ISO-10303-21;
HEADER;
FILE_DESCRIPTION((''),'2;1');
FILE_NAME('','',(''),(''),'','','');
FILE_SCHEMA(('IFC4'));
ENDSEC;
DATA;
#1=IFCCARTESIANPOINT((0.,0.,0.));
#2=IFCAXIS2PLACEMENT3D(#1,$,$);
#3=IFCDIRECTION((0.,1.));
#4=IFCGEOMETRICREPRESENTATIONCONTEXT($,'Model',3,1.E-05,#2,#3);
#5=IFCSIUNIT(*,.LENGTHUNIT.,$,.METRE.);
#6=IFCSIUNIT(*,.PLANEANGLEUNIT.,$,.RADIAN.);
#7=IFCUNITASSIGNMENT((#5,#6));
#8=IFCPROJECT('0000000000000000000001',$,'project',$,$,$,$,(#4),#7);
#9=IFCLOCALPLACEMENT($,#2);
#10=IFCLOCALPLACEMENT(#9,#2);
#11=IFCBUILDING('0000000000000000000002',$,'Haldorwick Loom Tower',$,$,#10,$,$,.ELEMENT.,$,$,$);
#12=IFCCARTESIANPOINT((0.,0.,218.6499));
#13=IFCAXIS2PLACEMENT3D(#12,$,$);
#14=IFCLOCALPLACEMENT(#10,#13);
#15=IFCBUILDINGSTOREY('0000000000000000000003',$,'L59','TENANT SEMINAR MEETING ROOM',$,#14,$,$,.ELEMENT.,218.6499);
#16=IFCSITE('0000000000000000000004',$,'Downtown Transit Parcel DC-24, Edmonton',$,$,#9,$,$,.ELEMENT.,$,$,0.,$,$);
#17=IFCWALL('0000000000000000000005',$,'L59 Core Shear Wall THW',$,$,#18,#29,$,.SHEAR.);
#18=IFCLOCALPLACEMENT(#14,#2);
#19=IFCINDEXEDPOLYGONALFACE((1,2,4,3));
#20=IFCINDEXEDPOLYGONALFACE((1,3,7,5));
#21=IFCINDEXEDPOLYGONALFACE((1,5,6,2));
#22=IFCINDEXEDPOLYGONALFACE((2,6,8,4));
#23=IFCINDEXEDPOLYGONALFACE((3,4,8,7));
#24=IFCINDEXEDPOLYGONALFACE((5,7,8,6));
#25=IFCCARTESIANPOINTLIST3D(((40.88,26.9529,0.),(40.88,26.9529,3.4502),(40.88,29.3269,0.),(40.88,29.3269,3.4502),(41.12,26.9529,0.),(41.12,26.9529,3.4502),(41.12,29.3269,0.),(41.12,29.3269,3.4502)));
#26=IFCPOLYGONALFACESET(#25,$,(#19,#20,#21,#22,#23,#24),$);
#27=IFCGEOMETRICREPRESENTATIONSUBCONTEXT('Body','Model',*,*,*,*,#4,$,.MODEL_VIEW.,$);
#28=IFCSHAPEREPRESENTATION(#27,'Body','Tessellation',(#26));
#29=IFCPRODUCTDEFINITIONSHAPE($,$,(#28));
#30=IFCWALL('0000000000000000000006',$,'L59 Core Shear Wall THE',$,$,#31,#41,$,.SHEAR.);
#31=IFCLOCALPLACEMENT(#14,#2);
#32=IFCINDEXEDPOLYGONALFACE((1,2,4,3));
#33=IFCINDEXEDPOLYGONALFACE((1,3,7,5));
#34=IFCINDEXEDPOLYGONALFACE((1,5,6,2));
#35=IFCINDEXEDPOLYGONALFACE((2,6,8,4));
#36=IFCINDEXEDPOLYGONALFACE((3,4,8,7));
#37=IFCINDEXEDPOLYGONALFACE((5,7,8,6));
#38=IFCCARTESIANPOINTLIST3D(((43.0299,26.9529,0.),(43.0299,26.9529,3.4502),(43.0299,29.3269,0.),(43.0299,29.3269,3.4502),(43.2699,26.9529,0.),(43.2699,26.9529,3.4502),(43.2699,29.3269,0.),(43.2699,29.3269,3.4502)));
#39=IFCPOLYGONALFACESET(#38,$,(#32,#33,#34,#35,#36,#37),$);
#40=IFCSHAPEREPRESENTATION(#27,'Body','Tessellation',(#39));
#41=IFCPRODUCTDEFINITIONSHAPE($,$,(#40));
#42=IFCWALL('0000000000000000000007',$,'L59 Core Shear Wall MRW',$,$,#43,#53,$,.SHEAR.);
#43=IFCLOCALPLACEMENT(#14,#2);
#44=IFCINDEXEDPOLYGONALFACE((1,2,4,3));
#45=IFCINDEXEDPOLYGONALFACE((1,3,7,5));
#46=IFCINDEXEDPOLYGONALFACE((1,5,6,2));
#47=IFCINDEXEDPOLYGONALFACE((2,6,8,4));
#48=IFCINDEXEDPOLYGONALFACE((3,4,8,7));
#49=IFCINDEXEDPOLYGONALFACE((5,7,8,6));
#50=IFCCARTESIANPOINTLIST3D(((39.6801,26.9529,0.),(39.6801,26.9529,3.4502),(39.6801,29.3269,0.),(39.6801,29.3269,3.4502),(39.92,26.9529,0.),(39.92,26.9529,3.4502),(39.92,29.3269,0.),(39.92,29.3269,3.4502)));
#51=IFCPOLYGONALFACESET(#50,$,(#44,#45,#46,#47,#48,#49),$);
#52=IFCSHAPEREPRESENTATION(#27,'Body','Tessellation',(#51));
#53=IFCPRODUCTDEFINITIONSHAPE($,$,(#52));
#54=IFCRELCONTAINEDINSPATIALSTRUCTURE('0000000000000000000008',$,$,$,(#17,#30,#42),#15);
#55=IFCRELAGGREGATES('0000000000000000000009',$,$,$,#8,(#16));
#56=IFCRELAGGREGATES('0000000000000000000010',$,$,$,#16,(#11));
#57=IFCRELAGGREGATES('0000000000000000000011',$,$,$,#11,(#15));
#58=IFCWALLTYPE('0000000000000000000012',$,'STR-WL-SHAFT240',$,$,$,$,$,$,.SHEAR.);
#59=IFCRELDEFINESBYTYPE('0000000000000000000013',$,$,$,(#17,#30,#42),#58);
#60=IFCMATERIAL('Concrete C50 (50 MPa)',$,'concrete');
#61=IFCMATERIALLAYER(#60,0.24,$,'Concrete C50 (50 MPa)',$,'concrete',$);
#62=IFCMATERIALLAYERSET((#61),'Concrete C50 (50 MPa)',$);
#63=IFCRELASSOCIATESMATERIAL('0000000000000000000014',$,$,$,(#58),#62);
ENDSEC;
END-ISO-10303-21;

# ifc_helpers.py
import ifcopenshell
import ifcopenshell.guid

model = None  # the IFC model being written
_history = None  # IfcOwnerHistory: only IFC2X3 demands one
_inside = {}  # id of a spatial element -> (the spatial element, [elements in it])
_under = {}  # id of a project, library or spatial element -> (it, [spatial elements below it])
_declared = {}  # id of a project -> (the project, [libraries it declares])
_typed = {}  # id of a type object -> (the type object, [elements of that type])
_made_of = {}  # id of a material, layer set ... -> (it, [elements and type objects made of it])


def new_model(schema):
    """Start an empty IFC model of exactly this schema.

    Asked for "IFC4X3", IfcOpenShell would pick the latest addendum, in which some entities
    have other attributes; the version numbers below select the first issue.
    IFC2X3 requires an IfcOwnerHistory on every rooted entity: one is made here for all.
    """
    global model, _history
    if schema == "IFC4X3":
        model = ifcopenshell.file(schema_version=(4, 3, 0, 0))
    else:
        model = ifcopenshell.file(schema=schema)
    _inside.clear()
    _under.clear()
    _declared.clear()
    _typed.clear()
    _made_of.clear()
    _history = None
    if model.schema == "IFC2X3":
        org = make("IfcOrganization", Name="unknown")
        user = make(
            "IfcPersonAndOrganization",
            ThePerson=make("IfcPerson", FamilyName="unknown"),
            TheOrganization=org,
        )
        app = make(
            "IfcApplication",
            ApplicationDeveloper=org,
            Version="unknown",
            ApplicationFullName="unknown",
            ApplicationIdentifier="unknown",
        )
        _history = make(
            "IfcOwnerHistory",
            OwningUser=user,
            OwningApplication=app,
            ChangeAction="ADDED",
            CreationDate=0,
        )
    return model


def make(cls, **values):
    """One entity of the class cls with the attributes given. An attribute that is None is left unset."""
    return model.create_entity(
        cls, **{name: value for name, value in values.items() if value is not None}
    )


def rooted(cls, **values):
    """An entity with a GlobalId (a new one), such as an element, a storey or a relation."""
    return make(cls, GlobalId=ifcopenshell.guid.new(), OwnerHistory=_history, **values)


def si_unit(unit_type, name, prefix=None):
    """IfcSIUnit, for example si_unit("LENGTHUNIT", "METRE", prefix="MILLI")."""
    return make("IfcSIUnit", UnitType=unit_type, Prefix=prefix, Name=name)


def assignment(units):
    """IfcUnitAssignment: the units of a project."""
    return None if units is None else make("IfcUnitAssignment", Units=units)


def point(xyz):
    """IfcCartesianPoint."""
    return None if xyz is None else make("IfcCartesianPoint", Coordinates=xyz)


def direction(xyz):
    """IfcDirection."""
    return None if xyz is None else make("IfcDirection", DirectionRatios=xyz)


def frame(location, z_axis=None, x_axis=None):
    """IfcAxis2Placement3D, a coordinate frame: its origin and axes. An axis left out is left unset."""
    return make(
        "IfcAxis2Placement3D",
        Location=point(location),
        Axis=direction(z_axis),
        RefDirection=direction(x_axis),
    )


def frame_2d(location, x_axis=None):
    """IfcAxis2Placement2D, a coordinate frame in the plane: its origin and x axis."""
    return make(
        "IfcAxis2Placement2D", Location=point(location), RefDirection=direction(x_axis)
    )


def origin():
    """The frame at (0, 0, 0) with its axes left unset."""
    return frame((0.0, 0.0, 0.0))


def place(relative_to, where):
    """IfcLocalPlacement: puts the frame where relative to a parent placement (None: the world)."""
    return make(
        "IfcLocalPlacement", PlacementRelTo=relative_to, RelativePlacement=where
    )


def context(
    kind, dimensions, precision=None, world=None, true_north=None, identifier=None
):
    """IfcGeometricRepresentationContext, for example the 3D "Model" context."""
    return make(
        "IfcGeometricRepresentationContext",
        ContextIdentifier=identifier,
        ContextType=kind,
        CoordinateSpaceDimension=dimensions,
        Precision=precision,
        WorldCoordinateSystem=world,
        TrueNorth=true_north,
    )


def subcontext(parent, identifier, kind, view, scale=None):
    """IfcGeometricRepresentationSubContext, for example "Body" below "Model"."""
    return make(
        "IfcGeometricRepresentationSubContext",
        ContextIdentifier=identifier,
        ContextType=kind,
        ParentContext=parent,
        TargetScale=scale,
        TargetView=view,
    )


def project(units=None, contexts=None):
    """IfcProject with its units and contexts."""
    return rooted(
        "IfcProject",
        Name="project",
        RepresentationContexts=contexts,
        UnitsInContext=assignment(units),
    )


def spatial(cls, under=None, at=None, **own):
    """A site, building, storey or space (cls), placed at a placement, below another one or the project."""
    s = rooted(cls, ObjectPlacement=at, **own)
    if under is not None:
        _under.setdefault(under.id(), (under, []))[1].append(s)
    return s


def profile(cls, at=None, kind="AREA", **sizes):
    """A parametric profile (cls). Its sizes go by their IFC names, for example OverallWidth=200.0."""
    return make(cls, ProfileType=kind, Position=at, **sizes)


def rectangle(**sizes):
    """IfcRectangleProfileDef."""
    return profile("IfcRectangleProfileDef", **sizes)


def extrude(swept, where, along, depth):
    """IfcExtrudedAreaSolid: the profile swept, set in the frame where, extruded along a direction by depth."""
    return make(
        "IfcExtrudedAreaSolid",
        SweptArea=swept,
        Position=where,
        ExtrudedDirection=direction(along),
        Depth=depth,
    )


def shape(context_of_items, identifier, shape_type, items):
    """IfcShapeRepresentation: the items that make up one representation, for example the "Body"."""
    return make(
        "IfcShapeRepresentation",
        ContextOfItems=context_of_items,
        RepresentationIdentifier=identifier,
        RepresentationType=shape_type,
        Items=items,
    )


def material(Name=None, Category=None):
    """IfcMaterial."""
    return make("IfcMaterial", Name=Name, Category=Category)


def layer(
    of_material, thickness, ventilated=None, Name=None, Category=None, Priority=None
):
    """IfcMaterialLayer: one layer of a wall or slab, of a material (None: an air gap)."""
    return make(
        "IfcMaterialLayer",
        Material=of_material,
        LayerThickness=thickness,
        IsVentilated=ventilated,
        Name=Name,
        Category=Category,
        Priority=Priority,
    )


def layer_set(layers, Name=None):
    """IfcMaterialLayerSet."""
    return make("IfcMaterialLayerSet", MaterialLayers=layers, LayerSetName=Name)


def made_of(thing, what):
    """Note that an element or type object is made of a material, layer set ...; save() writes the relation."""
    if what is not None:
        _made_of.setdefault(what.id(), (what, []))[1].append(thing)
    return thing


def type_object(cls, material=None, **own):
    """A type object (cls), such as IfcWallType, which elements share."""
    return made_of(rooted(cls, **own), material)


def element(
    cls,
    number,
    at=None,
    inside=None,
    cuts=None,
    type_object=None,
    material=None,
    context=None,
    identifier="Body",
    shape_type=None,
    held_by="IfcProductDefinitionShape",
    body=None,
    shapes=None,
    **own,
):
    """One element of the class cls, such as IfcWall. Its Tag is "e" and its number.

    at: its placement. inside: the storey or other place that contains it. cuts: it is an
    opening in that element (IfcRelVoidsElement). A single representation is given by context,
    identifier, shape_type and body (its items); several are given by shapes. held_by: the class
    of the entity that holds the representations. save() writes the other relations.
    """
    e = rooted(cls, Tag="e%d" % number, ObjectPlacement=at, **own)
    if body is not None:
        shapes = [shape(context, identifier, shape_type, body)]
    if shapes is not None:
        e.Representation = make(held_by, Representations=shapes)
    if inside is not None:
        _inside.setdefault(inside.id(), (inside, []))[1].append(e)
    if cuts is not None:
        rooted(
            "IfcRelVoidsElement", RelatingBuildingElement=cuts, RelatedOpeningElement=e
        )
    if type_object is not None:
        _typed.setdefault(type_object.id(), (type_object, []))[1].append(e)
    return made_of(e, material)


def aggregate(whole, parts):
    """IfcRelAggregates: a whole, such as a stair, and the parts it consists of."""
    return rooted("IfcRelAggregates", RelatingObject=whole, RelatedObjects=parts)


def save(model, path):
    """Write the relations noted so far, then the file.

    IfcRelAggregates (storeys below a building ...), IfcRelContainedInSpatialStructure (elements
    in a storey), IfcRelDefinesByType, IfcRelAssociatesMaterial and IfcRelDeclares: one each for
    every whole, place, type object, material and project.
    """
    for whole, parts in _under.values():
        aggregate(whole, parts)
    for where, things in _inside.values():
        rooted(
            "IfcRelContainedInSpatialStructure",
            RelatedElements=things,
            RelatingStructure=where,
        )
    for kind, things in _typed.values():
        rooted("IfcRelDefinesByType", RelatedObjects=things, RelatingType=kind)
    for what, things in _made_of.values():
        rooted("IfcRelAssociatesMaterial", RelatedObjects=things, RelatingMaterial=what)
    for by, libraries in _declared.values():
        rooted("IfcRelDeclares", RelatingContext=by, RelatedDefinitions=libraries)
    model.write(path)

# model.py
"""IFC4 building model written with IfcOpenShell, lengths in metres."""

from ifc_helpers import new_model, si_unit, direction, frame, frame_2d, origin, place, context, subcontext, project, spatial, rectangle, extrude, material, layer, layer_set, type_object, element, save


model = new_model("IFC4")

# Units and contexts
model_context = context("Model", 3, precision=1e-05, world=origin(), true_north=direction((0.0, 1.0)))
body_context = subcontext(model_context, "Body", "Model", "MODEL_VIEW")
ifc_project = project(units=[si_unit("LENGTHUNIT", "METRE"), si_unit("PLANEANGLEUNIT", "RADIAN")], contexts=[model_context])

# Site, building, storey
site_placement = place(None, origin())
site = spatial("IfcSite", under=ifc_project, at=site_placement, Name="Downtown Transit Parcel DC-24, Edmonton", CompositionType="ELEMENT", RefElevation=0.0)
building_placement = place(site_placement, origin())
building = spatial("IfcBuilding", under=site, at=building_placement, Name="Haldorwick Loom Tower", CompositionType="ELEMENT")
storey_placement = place(building_placement, frame((0.0, 0.0, 218.6499)))
storey = spatial("IfcBuildingStorey", under=building, at=storey_placement, Name="L59", Description="TENANT SEMINAR MEETING ROOM", CompositionType="ELEMENT", Elevation=218.6499)

# Shared definitions
ifc_material_1 = material(Name="Concrete C50 (50 MPa)", Category="concrete")

# Walls
ifc_layer_1 = layer(ifc_material_1, 0.24, Name="Concrete C50 (50 MPa)", Category="concrete")
ifc_layer_set_1 = layer_set([ifc_layer_1], Name="Concrete C50 (50 MPa)")
wall_type_1 = type_object("IfcWallType", Name="STR-WL-SHAFT240", PredefinedType="SHEAR", material=ifc_layer_set_1)
for number, where, z_axis, x_axis, name in (
    (1, (41.0, 26.9529, 0.0), (0.0, 0.0, 1.0), (0.0, 1.0, 0.0), "L59 Core Shear Wall THW"),
    (2, (43.1499, 26.9529, 0.0), (0.0, 0.0, 1.0), (0.0, 1.0, 0.0), "L59 Core Shear Wall THE"),
    (3, (39.8, 26.9529, 0.0), (0.0, 0.0, 1.0), (0.0, 1.0, 0.0), "L59 Core Shear Wall MRW"),
):
    element("IfcWall", number, at=place(storey_placement, frame(where, z_axis=z_axis, x_axis=x_axis)), inside=storey, type_object=wall_type_1, Name=name, PredefinedType="SHEAR", context=body_context, shape_type="SweptSolid", body=[
        extrude(rectangle(XDim=2.374, YDim=0.24, at=frame_2d((1.187, 0.0))), origin(), (0.0, 0.0, 1.0), 3.4502),
    ])

save(model, "model.ifc")
